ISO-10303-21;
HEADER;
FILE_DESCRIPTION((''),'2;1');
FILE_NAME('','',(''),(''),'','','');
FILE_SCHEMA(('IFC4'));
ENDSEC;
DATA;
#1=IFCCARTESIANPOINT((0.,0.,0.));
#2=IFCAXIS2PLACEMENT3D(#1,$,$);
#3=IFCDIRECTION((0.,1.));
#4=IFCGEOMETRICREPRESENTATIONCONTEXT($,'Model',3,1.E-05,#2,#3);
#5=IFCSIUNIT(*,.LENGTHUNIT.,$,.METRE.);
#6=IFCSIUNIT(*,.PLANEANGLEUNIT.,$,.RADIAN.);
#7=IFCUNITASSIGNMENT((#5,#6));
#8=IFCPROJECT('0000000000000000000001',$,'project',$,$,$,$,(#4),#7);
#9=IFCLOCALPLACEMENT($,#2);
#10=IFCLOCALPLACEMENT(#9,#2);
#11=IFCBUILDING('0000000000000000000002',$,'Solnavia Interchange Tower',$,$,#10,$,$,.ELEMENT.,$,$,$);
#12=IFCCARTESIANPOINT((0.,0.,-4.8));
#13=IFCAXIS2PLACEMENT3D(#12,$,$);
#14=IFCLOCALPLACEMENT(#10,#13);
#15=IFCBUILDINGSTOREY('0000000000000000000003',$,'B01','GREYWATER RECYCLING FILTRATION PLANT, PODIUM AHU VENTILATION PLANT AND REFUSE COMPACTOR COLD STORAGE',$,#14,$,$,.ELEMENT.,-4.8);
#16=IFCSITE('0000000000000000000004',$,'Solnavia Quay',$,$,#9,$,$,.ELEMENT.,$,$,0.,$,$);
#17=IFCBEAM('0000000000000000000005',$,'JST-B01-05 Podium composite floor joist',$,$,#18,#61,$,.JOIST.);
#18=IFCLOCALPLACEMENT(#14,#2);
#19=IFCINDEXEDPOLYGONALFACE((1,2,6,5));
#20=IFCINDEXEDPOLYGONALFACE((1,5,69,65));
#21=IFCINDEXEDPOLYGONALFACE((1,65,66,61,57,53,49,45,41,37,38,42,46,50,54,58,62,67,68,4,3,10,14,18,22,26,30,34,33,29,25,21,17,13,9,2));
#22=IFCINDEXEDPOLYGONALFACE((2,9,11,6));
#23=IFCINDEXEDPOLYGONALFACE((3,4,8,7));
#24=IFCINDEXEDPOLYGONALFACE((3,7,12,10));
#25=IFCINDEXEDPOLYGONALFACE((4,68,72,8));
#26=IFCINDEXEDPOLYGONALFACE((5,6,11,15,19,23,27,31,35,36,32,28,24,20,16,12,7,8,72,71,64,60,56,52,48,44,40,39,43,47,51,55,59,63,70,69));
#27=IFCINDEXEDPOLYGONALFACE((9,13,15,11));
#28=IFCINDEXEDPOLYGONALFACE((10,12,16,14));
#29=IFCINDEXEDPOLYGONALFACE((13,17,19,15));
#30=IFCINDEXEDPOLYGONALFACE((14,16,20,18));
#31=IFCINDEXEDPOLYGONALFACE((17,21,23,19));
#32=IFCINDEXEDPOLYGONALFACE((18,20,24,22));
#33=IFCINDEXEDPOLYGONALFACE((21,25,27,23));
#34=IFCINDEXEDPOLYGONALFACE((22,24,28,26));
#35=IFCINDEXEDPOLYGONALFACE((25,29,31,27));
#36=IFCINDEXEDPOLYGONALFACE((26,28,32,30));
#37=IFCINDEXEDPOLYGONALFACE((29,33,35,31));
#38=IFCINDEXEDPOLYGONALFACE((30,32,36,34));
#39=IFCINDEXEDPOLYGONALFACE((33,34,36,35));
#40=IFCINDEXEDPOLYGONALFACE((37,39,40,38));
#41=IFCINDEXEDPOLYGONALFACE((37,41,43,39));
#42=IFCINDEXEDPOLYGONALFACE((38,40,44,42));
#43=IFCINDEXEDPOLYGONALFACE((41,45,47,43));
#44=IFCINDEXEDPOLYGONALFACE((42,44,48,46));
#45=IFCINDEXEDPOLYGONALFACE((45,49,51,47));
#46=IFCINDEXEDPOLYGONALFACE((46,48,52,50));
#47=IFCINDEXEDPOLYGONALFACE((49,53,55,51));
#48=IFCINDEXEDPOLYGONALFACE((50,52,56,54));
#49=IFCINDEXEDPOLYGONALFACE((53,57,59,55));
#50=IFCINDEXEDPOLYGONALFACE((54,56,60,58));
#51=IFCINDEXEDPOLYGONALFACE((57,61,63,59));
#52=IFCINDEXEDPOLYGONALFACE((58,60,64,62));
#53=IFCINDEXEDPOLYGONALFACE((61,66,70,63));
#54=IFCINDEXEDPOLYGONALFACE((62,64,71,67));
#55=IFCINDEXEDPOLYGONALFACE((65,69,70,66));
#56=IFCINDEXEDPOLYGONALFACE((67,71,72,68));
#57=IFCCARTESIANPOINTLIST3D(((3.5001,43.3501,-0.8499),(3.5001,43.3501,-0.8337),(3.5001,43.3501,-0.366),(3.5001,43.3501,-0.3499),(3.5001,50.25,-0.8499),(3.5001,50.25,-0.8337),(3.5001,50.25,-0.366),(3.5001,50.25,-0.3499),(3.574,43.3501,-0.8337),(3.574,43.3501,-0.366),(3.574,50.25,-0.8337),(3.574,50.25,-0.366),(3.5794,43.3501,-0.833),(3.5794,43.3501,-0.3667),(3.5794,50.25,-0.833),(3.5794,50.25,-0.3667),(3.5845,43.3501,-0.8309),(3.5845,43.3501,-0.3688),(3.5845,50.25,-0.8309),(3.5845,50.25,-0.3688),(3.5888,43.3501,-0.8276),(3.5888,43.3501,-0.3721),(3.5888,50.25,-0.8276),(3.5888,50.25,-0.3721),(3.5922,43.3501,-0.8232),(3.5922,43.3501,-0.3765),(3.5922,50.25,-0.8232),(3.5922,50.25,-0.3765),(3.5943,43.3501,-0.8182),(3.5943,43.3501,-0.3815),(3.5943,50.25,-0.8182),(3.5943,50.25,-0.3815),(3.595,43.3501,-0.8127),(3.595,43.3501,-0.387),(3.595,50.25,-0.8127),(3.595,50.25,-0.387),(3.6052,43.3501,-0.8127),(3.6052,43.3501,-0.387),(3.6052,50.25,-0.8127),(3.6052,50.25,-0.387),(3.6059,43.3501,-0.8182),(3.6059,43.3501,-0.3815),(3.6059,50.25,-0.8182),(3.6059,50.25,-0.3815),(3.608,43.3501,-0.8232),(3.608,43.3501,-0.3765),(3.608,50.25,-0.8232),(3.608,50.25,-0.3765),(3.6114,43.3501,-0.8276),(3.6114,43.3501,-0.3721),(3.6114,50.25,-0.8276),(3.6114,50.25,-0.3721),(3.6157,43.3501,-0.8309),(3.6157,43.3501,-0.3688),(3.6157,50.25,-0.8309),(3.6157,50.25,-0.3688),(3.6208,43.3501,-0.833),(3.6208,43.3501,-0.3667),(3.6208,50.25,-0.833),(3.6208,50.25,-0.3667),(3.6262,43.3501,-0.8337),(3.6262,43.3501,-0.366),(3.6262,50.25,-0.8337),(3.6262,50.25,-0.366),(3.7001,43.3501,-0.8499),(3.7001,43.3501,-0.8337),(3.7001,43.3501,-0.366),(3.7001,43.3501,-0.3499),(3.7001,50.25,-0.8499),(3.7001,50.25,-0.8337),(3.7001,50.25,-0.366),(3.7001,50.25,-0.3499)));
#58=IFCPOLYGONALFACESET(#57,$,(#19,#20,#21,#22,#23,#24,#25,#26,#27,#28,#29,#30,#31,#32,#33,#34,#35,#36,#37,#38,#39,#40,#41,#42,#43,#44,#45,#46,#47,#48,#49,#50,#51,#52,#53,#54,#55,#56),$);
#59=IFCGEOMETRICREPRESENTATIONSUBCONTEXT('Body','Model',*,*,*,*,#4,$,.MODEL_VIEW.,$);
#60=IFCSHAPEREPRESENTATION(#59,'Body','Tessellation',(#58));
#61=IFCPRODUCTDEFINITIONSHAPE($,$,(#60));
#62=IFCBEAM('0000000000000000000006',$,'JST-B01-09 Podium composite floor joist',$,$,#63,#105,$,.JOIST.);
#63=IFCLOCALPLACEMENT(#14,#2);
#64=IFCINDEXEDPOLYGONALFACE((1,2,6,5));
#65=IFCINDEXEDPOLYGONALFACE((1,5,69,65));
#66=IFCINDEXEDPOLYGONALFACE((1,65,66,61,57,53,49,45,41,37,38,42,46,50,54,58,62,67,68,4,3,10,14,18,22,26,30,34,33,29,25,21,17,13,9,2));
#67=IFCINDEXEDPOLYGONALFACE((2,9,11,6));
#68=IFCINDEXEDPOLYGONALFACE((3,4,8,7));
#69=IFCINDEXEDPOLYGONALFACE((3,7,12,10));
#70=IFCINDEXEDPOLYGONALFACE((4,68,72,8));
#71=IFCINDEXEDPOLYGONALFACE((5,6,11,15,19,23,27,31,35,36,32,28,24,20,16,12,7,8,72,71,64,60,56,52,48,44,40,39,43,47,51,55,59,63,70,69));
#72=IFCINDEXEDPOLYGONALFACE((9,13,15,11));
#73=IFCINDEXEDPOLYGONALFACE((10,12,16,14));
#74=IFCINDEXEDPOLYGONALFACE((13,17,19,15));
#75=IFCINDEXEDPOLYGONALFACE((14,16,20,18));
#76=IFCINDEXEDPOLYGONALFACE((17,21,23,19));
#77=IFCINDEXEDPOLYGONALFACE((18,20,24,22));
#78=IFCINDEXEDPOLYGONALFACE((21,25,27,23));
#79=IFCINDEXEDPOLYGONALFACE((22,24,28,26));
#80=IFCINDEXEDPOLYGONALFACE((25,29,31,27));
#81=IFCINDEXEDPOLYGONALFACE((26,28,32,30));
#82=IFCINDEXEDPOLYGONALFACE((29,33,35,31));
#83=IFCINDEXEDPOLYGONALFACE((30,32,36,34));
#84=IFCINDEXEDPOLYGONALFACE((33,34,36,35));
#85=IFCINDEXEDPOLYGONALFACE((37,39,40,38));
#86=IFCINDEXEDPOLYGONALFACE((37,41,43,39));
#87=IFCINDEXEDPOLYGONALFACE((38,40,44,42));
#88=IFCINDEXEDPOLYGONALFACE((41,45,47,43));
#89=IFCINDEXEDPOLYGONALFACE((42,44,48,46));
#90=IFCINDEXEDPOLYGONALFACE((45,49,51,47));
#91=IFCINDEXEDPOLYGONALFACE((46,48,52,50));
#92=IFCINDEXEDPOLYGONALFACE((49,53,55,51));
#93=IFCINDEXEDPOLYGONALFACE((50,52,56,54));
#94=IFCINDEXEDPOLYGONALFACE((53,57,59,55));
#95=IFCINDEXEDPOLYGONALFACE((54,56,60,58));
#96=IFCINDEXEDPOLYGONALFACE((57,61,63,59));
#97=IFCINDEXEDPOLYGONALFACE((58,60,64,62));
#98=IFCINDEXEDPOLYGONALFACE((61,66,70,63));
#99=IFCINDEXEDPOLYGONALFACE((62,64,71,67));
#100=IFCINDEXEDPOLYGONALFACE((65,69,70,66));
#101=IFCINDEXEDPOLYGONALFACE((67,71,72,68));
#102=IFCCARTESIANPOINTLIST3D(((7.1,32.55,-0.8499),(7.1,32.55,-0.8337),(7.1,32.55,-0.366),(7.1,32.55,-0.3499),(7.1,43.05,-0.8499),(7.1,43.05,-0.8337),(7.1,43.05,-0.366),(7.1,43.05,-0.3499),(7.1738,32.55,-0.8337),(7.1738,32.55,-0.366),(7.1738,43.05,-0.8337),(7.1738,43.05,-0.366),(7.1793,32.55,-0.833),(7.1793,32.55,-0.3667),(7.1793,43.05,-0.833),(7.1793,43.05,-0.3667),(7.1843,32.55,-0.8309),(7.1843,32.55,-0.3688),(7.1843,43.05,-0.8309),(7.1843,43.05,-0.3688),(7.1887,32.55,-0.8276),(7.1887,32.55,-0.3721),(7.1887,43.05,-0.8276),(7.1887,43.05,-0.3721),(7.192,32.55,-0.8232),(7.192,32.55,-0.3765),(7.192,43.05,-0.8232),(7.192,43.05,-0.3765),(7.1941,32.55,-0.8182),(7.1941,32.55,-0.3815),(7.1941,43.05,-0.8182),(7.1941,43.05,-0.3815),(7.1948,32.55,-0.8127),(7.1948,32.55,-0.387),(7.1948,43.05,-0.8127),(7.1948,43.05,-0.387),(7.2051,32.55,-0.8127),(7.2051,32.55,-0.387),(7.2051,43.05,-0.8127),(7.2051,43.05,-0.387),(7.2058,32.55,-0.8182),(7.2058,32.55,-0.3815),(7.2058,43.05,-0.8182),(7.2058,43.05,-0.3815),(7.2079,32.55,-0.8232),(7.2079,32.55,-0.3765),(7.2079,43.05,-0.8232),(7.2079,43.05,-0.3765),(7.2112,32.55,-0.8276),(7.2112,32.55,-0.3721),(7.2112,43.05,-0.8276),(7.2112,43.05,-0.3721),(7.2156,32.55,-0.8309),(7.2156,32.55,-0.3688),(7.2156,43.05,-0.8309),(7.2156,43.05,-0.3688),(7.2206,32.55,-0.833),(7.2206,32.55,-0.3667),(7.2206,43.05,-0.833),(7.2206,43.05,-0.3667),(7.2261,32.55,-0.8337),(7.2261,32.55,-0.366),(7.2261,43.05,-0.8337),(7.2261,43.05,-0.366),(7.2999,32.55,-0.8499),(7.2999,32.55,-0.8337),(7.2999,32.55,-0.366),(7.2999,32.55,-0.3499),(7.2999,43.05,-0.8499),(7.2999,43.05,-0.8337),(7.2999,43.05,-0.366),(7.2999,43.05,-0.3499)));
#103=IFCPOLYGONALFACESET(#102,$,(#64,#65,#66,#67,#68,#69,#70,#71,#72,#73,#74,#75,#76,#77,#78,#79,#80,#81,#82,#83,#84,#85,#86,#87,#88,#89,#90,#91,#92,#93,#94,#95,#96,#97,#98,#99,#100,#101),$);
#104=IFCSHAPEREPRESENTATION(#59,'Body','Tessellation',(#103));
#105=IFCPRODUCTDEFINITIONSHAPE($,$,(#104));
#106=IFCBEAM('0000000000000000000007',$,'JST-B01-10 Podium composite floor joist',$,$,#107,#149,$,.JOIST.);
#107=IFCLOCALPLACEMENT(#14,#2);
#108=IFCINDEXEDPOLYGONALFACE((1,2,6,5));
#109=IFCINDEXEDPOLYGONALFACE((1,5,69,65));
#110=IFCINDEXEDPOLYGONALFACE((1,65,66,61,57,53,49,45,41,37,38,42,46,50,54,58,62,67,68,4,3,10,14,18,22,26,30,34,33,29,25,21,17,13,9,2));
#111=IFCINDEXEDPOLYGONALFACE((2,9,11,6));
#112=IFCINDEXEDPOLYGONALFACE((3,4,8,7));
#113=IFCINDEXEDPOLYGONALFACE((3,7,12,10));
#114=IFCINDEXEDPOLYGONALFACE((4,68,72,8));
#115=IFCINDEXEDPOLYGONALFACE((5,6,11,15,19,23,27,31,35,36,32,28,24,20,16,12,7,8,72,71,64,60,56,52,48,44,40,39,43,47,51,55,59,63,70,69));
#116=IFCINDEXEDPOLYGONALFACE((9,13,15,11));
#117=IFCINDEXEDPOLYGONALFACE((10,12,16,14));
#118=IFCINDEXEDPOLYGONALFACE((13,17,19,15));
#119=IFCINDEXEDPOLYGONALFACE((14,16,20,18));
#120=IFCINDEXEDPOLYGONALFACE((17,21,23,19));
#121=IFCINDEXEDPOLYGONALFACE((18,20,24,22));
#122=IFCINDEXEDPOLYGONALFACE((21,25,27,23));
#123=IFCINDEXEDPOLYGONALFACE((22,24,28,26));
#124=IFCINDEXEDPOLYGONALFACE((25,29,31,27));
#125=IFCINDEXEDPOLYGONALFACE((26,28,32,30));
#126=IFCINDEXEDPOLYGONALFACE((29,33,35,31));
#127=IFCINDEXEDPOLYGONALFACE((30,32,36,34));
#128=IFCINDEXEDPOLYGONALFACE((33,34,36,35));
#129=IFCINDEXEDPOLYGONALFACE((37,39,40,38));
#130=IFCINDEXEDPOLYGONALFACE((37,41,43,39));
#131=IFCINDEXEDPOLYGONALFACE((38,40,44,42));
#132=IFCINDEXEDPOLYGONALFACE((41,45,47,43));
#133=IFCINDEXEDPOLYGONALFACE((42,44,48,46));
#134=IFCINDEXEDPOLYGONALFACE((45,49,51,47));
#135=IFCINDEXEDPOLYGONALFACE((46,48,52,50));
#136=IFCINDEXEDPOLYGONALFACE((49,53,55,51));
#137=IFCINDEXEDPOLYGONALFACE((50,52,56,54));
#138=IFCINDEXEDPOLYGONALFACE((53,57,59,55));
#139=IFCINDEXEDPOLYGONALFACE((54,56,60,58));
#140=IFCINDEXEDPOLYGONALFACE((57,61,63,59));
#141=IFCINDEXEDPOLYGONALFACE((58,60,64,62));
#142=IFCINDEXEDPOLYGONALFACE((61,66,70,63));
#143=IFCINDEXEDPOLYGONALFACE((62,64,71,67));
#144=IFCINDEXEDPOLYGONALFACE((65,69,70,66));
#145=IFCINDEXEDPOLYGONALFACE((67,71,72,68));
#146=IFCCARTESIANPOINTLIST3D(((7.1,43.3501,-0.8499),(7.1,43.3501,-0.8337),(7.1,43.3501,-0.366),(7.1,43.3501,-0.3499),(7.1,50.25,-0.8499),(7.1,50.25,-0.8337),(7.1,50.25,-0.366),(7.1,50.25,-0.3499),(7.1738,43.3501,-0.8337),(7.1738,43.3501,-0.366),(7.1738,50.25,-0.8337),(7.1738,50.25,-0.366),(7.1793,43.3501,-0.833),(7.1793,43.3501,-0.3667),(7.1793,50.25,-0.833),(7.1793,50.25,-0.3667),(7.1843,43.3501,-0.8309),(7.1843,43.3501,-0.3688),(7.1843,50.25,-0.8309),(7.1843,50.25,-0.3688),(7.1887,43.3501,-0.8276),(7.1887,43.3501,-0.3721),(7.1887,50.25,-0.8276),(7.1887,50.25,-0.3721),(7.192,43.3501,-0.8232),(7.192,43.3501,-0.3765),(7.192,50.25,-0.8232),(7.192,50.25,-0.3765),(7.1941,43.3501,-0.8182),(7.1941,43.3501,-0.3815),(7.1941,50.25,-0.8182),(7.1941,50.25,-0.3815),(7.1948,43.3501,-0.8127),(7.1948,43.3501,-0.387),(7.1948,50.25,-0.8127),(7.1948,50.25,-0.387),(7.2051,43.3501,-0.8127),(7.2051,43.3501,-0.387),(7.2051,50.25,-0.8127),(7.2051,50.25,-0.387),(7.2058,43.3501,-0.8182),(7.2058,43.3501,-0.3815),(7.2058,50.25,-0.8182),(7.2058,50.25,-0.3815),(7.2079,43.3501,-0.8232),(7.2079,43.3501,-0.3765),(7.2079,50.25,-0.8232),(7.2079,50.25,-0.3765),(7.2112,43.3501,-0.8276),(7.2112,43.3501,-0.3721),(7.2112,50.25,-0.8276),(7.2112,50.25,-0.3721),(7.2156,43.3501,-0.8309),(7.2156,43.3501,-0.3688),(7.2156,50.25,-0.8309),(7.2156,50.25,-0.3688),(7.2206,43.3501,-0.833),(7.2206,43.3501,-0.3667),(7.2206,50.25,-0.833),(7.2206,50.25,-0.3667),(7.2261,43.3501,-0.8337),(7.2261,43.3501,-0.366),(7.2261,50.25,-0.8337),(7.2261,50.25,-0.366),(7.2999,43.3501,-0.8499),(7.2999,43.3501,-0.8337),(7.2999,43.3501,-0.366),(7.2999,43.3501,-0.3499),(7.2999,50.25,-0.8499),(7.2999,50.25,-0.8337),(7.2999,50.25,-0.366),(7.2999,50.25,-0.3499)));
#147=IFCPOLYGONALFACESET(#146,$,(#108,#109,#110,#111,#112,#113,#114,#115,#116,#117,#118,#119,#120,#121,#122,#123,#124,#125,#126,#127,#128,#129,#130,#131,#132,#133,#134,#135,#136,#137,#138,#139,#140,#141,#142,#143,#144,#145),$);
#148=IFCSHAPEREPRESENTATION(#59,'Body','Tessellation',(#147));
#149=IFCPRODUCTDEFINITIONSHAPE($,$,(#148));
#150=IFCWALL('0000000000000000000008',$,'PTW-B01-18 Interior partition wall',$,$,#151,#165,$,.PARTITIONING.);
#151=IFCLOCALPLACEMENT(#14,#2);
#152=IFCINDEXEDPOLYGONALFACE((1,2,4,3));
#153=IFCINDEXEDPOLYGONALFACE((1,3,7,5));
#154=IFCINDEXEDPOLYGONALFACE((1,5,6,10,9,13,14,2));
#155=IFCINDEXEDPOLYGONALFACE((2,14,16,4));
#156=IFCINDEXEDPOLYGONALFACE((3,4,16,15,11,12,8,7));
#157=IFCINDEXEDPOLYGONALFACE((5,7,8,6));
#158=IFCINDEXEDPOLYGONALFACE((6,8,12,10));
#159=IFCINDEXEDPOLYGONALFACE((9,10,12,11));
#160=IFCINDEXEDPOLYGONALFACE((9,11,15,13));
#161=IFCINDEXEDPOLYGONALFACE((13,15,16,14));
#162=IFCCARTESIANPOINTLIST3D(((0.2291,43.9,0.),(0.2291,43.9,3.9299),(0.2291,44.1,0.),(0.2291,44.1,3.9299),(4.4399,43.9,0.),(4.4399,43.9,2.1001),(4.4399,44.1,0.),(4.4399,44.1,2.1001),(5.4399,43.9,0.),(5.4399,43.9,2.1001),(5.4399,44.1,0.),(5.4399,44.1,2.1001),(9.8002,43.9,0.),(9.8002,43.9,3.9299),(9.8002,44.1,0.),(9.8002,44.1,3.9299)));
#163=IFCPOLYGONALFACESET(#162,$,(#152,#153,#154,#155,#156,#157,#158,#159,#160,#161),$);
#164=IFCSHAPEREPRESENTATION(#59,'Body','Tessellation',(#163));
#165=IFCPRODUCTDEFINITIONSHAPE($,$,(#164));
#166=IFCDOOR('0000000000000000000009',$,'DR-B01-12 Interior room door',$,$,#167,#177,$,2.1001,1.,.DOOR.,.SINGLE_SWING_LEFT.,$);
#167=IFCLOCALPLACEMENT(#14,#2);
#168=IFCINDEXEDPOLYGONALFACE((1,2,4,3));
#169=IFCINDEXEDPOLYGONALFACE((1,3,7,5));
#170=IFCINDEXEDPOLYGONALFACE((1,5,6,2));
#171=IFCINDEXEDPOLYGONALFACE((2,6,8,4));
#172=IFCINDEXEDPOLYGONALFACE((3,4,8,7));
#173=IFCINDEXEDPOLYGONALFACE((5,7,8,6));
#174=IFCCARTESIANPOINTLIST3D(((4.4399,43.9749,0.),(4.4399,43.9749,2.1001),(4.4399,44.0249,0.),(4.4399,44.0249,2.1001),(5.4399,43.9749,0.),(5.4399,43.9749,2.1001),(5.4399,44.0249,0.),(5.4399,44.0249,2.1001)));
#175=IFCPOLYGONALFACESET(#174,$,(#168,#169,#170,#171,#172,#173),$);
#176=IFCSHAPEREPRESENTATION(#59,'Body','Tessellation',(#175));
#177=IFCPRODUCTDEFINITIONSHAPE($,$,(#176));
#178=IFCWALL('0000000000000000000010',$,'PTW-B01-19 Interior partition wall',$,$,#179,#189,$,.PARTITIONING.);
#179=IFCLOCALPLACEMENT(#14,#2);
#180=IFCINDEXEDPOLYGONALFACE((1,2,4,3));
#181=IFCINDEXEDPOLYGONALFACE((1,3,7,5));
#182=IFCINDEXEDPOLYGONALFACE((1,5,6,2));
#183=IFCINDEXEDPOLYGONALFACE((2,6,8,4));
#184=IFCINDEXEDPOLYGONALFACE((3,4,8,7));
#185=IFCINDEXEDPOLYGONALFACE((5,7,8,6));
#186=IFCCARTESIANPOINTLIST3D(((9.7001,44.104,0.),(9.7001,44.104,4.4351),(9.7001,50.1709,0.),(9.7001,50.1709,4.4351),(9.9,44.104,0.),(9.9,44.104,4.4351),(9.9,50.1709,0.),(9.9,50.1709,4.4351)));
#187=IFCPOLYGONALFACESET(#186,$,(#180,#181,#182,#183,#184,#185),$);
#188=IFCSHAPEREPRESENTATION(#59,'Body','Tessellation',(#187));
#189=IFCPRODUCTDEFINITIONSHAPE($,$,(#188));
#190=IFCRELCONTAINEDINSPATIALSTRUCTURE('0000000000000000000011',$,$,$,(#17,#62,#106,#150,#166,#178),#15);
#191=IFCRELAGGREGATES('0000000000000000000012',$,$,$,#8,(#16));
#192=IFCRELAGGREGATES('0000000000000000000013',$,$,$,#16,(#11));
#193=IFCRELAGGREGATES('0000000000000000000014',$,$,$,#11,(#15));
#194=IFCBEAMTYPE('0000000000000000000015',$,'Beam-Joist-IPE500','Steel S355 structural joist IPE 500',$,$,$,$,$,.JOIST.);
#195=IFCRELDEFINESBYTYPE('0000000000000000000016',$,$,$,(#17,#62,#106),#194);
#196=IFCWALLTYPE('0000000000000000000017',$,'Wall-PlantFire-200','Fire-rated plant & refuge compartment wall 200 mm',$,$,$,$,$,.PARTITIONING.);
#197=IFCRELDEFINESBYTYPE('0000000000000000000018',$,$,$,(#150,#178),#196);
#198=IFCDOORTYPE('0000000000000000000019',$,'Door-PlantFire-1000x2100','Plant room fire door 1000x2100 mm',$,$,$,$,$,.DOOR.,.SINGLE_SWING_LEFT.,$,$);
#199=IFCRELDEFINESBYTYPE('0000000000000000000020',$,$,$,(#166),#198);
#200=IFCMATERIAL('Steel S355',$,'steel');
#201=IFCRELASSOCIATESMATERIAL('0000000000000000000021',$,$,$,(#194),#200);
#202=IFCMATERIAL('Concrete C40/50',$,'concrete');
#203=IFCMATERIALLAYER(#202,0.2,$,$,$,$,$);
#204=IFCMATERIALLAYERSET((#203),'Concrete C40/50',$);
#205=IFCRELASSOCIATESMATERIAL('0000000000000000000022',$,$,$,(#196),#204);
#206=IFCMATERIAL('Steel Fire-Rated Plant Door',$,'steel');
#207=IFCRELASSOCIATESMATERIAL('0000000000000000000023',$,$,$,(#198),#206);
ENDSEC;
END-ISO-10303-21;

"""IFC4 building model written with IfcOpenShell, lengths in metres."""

from ifc_helpers import new_model, si_unit, direction, frame, frame_2d, origin, origin_2d, place, context, subcontext, project, spatial, rectangle, i_section, extrude, material, layer, layer_set, material_profile, profile_set, type_object, element, fill, save


model = new_model("IFC4")

# Units and contexts
model_context = context("Model", 3, precision=1e-05, world=origin(), true_north=direction((0.0, 1.0)))
body_context = subcontext(model_context, "Body", "Model", "MODEL_VIEW")
ifc_project = project(units=[si_unit("LENGTHUNIT", "METRE"), si_unit("PLANEANGLEUNIT", "RADIAN")], contexts=[model_context])

# Site, building, storey
site_placement = place(None, origin())
site = spatial("IfcSite", under=ifc_project, at=site_placement, Name="Solnavia Quay", CompositionType="ELEMENT", RefElevation=0.0)
building_placement = place(site_placement, origin())
building = spatial("IfcBuilding", under=site, at=building_placement, Name="Solnavia Interchange Tower", CompositionType="ELEMENT")
storey_placement = place(building_placement, frame((0.0, 0.0, -4.8)))
storey = spatial("IfcBuildingStorey", under=building, at=storey_placement, Name="B01", Description="GREYWATER RECYCLING FILTRATION PLANT, PODIUM AHU VENTILATION PLANT AND REFUSE COMPACTOR COLD STORAGE", CompositionType="ELEMENT", Elevation=-4.8)

# Shared definitions
ifc_material_1 = material(Name="Concrete C40/50", Category="concrete")

# Beams
ifc_material_2 = material(Name="Steel S355", Category="steel")
ifc_material_profile_1 = material_profile(ifc_material_2, i_section(OverallWidth=0.2, OverallDepth=0.5, WebThickness=0.0103, FlangeThickness=0.0161, FilletRadius=0.021, at=origin_2d()), Name="IPE 500")
ifc_profile_set_1 = profile_set([ifc_material_profile_1], Name="Steel S355")
beam_type_1 = type_object("IfcBeamType", Name="Beam-Joist-IPE500", Description="Steel S355 structural joist IPE 500", PredefinedType="JOIST", material=ifc_profile_set_1)
beam_1_placement = place(storey_placement, frame((3.6001, 43.3501, -0.5999), z_axis=(0.0, 1.0, 0.0), x_axis=(-1.0, 0.0, 0.0)))
element("IfcBeam", 1, at=beam_1_placement, inside=storey, type_object=beam_type_1, Name="JST-B01-05 Podium composite floor joist", PredefinedType="JOIST", context=body_context, shape_type="SweptSolid", body=[
    extrude(i_section(OverallWidth=0.2, OverallDepth=0.5, WebThickness=0.0103, FlangeThickness=0.0161, FilletRadius=0.021, at=origin_2d()), origin(), (0.0, 0.0, 1.0), 6.8999),
])
beam_2_placement = place(storey_placement, frame((7.2, 32.55, -0.5999), z_axis=(0.0, 1.0, 0.0), x_axis=(-1.0, 0.0, 0.0)))
element("IfcBeam", 2, at=beam_2_placement, inside=storey, type_object=beam_type_1, Name="JST-B01-09 Podium composite floor joist", PredefinedType="JOIST", context=body_context, shape_type="SweptSolid", body=[
    extrude(i_section(OverallWidth=0.2, OverallDepth=0.5, WebThickness=0.0103, FlangeThickness=0.0161, FilletRadius=0.021, at=origin_2d()), origin(), (0.0, 0.0, 1.0), 10.5),
])
beam_3_placement = place(storey_placement, frame((7.2, 43.3501, -0.5999), z_axis=(0.0, 1.0, 0.0), x_axis=(-1.0, 0.0, 0.0)))
element("IfcBeam", 3, at=beam_3_placement, inside=storey, type_object=beam_type_1, Name="JST-B01-10 Podium composite floor joist", PredefinedType="JOIST", context=body_context, shape_type="SweptSolid", body=[
    extrude(i_section(OverallWidth=0.2, OverallDepth=0.5, WebThickness=0.0103, FlangeThickness=0.0161, FilletRadius=0.021, at=origin_2d()), origin(), (0.0, 0.0, 1.0), 6.8999),
])

# Wall, opening, door
ifc_layer_1 = layer(ifc_material_1, 0.2)
ifc_layer_set_1 = layer_set([ifc_layer_1], Name="Concrete C40/50")
wall_type_1 = type_object("IfcWallType", Name="Wall-PlantFire-200", Description="Fire-rated plant & refuge compartment wall 200 mm", PredefinedType="PARTITIONING", material=ifc_layer_set_1)
wall_1_placement = place(storey_placement, frame((0.229, 44.0, 0.0), z_axis=(0.0, 0.0, 1.0), x_axis=(1.0, 0.0, 0.0)))
wall_1 = element("IfcWall", 4, at=wall_1_placement, inside=storey, type_object=wall_type_1, Name="PTW-B01-18 Interior partition wall", PredefinedType="PARTITIONING", context=body_context, shape_type="SweptSolid", body=[
    extrude(rectangle(XDim=9.571, YDim=0.2, at=frame_2d((4.7856, 0.0))), origin(), (0.0, 0.0, 1.0), 3.9299),
])
opening_placement = place(wall_1_placement, frame((4.2109, 0.0, 0.0)))
opening = element("IfcOpeningElement", 5, at=opening_placement, cuts=wall_1, PredefinedType="OPENING", context=body_context, shape_type="SweptSolid", body=[
    extrude(rectangle(XDim=1.0, YDim=2.1001, at=frame_2d((0.5, 1.05))), frame((0.0, 0.1099, 0.0), z_axis=(0.0, -1.0, 0.0), x_axis=(1.0, 0.0, 0.0)), (0.0, 0.0, 1.0), 0.22),
])
ifc_material_3 = material(Name="Steel Fire-Rated Plant Door", Category="steel")
door_type = type_object("IfcDoorType", Name="Door-PlantFire-1000x2100", Description="Plant room fire door 1000x2100 mm", OperationType="SINGLE_SWING_LEFT", PredefinedType="DOOR", material=ifc_material_3)
door_placement = place(opening_placement, origin())
door = element("IfcDoor", 6, at=door_placement, inside=storey, type_object=door_type, Name="DR-B01-12 Interior room door", OperationType="SINGLE_SWING_LEFT", OverallHeight=2.1001, OverallWidth=1.0, PredefinedType="DOOR", context=body_context, shape_type="SweptSolid", body=[
    extrude(rectangle(XDim=1.0, YDim=2.1001, at=frame_2d((0.5, 1.05))), frame((0.0, 0.0249, 0.0), z_axis=(0.0, -1.0, 0.0), x_axis=(1.0, 0.0, 0.0)), (0.0, 0.0, 1.0), 0.05),
])
fill(opening, door)

# Wall
wall_2_placement = place(storey_placement, frame((9.8, 44.104, 0.0), z_axis=(0.0, 0.0, 1.0), x_axis=(0.0, 1.0, 0.0)))
element("IfcWall", 7, at=wall_2_placement, inside=storey, type_object=wall_type_1, Name="PTW-B01-19 Interior partition wall", PredefinedType="PARTITIONING", context=body_context, shape_type="SweptSolid", body=[
    extrude(rectangle(XDim=6.0669, YDim=0.2, at=frame_2d((3.0334, 0.0))), origin(), (0.0, 0.0, 1.0), 4.4351),
])

save(model, "model.ifc")
